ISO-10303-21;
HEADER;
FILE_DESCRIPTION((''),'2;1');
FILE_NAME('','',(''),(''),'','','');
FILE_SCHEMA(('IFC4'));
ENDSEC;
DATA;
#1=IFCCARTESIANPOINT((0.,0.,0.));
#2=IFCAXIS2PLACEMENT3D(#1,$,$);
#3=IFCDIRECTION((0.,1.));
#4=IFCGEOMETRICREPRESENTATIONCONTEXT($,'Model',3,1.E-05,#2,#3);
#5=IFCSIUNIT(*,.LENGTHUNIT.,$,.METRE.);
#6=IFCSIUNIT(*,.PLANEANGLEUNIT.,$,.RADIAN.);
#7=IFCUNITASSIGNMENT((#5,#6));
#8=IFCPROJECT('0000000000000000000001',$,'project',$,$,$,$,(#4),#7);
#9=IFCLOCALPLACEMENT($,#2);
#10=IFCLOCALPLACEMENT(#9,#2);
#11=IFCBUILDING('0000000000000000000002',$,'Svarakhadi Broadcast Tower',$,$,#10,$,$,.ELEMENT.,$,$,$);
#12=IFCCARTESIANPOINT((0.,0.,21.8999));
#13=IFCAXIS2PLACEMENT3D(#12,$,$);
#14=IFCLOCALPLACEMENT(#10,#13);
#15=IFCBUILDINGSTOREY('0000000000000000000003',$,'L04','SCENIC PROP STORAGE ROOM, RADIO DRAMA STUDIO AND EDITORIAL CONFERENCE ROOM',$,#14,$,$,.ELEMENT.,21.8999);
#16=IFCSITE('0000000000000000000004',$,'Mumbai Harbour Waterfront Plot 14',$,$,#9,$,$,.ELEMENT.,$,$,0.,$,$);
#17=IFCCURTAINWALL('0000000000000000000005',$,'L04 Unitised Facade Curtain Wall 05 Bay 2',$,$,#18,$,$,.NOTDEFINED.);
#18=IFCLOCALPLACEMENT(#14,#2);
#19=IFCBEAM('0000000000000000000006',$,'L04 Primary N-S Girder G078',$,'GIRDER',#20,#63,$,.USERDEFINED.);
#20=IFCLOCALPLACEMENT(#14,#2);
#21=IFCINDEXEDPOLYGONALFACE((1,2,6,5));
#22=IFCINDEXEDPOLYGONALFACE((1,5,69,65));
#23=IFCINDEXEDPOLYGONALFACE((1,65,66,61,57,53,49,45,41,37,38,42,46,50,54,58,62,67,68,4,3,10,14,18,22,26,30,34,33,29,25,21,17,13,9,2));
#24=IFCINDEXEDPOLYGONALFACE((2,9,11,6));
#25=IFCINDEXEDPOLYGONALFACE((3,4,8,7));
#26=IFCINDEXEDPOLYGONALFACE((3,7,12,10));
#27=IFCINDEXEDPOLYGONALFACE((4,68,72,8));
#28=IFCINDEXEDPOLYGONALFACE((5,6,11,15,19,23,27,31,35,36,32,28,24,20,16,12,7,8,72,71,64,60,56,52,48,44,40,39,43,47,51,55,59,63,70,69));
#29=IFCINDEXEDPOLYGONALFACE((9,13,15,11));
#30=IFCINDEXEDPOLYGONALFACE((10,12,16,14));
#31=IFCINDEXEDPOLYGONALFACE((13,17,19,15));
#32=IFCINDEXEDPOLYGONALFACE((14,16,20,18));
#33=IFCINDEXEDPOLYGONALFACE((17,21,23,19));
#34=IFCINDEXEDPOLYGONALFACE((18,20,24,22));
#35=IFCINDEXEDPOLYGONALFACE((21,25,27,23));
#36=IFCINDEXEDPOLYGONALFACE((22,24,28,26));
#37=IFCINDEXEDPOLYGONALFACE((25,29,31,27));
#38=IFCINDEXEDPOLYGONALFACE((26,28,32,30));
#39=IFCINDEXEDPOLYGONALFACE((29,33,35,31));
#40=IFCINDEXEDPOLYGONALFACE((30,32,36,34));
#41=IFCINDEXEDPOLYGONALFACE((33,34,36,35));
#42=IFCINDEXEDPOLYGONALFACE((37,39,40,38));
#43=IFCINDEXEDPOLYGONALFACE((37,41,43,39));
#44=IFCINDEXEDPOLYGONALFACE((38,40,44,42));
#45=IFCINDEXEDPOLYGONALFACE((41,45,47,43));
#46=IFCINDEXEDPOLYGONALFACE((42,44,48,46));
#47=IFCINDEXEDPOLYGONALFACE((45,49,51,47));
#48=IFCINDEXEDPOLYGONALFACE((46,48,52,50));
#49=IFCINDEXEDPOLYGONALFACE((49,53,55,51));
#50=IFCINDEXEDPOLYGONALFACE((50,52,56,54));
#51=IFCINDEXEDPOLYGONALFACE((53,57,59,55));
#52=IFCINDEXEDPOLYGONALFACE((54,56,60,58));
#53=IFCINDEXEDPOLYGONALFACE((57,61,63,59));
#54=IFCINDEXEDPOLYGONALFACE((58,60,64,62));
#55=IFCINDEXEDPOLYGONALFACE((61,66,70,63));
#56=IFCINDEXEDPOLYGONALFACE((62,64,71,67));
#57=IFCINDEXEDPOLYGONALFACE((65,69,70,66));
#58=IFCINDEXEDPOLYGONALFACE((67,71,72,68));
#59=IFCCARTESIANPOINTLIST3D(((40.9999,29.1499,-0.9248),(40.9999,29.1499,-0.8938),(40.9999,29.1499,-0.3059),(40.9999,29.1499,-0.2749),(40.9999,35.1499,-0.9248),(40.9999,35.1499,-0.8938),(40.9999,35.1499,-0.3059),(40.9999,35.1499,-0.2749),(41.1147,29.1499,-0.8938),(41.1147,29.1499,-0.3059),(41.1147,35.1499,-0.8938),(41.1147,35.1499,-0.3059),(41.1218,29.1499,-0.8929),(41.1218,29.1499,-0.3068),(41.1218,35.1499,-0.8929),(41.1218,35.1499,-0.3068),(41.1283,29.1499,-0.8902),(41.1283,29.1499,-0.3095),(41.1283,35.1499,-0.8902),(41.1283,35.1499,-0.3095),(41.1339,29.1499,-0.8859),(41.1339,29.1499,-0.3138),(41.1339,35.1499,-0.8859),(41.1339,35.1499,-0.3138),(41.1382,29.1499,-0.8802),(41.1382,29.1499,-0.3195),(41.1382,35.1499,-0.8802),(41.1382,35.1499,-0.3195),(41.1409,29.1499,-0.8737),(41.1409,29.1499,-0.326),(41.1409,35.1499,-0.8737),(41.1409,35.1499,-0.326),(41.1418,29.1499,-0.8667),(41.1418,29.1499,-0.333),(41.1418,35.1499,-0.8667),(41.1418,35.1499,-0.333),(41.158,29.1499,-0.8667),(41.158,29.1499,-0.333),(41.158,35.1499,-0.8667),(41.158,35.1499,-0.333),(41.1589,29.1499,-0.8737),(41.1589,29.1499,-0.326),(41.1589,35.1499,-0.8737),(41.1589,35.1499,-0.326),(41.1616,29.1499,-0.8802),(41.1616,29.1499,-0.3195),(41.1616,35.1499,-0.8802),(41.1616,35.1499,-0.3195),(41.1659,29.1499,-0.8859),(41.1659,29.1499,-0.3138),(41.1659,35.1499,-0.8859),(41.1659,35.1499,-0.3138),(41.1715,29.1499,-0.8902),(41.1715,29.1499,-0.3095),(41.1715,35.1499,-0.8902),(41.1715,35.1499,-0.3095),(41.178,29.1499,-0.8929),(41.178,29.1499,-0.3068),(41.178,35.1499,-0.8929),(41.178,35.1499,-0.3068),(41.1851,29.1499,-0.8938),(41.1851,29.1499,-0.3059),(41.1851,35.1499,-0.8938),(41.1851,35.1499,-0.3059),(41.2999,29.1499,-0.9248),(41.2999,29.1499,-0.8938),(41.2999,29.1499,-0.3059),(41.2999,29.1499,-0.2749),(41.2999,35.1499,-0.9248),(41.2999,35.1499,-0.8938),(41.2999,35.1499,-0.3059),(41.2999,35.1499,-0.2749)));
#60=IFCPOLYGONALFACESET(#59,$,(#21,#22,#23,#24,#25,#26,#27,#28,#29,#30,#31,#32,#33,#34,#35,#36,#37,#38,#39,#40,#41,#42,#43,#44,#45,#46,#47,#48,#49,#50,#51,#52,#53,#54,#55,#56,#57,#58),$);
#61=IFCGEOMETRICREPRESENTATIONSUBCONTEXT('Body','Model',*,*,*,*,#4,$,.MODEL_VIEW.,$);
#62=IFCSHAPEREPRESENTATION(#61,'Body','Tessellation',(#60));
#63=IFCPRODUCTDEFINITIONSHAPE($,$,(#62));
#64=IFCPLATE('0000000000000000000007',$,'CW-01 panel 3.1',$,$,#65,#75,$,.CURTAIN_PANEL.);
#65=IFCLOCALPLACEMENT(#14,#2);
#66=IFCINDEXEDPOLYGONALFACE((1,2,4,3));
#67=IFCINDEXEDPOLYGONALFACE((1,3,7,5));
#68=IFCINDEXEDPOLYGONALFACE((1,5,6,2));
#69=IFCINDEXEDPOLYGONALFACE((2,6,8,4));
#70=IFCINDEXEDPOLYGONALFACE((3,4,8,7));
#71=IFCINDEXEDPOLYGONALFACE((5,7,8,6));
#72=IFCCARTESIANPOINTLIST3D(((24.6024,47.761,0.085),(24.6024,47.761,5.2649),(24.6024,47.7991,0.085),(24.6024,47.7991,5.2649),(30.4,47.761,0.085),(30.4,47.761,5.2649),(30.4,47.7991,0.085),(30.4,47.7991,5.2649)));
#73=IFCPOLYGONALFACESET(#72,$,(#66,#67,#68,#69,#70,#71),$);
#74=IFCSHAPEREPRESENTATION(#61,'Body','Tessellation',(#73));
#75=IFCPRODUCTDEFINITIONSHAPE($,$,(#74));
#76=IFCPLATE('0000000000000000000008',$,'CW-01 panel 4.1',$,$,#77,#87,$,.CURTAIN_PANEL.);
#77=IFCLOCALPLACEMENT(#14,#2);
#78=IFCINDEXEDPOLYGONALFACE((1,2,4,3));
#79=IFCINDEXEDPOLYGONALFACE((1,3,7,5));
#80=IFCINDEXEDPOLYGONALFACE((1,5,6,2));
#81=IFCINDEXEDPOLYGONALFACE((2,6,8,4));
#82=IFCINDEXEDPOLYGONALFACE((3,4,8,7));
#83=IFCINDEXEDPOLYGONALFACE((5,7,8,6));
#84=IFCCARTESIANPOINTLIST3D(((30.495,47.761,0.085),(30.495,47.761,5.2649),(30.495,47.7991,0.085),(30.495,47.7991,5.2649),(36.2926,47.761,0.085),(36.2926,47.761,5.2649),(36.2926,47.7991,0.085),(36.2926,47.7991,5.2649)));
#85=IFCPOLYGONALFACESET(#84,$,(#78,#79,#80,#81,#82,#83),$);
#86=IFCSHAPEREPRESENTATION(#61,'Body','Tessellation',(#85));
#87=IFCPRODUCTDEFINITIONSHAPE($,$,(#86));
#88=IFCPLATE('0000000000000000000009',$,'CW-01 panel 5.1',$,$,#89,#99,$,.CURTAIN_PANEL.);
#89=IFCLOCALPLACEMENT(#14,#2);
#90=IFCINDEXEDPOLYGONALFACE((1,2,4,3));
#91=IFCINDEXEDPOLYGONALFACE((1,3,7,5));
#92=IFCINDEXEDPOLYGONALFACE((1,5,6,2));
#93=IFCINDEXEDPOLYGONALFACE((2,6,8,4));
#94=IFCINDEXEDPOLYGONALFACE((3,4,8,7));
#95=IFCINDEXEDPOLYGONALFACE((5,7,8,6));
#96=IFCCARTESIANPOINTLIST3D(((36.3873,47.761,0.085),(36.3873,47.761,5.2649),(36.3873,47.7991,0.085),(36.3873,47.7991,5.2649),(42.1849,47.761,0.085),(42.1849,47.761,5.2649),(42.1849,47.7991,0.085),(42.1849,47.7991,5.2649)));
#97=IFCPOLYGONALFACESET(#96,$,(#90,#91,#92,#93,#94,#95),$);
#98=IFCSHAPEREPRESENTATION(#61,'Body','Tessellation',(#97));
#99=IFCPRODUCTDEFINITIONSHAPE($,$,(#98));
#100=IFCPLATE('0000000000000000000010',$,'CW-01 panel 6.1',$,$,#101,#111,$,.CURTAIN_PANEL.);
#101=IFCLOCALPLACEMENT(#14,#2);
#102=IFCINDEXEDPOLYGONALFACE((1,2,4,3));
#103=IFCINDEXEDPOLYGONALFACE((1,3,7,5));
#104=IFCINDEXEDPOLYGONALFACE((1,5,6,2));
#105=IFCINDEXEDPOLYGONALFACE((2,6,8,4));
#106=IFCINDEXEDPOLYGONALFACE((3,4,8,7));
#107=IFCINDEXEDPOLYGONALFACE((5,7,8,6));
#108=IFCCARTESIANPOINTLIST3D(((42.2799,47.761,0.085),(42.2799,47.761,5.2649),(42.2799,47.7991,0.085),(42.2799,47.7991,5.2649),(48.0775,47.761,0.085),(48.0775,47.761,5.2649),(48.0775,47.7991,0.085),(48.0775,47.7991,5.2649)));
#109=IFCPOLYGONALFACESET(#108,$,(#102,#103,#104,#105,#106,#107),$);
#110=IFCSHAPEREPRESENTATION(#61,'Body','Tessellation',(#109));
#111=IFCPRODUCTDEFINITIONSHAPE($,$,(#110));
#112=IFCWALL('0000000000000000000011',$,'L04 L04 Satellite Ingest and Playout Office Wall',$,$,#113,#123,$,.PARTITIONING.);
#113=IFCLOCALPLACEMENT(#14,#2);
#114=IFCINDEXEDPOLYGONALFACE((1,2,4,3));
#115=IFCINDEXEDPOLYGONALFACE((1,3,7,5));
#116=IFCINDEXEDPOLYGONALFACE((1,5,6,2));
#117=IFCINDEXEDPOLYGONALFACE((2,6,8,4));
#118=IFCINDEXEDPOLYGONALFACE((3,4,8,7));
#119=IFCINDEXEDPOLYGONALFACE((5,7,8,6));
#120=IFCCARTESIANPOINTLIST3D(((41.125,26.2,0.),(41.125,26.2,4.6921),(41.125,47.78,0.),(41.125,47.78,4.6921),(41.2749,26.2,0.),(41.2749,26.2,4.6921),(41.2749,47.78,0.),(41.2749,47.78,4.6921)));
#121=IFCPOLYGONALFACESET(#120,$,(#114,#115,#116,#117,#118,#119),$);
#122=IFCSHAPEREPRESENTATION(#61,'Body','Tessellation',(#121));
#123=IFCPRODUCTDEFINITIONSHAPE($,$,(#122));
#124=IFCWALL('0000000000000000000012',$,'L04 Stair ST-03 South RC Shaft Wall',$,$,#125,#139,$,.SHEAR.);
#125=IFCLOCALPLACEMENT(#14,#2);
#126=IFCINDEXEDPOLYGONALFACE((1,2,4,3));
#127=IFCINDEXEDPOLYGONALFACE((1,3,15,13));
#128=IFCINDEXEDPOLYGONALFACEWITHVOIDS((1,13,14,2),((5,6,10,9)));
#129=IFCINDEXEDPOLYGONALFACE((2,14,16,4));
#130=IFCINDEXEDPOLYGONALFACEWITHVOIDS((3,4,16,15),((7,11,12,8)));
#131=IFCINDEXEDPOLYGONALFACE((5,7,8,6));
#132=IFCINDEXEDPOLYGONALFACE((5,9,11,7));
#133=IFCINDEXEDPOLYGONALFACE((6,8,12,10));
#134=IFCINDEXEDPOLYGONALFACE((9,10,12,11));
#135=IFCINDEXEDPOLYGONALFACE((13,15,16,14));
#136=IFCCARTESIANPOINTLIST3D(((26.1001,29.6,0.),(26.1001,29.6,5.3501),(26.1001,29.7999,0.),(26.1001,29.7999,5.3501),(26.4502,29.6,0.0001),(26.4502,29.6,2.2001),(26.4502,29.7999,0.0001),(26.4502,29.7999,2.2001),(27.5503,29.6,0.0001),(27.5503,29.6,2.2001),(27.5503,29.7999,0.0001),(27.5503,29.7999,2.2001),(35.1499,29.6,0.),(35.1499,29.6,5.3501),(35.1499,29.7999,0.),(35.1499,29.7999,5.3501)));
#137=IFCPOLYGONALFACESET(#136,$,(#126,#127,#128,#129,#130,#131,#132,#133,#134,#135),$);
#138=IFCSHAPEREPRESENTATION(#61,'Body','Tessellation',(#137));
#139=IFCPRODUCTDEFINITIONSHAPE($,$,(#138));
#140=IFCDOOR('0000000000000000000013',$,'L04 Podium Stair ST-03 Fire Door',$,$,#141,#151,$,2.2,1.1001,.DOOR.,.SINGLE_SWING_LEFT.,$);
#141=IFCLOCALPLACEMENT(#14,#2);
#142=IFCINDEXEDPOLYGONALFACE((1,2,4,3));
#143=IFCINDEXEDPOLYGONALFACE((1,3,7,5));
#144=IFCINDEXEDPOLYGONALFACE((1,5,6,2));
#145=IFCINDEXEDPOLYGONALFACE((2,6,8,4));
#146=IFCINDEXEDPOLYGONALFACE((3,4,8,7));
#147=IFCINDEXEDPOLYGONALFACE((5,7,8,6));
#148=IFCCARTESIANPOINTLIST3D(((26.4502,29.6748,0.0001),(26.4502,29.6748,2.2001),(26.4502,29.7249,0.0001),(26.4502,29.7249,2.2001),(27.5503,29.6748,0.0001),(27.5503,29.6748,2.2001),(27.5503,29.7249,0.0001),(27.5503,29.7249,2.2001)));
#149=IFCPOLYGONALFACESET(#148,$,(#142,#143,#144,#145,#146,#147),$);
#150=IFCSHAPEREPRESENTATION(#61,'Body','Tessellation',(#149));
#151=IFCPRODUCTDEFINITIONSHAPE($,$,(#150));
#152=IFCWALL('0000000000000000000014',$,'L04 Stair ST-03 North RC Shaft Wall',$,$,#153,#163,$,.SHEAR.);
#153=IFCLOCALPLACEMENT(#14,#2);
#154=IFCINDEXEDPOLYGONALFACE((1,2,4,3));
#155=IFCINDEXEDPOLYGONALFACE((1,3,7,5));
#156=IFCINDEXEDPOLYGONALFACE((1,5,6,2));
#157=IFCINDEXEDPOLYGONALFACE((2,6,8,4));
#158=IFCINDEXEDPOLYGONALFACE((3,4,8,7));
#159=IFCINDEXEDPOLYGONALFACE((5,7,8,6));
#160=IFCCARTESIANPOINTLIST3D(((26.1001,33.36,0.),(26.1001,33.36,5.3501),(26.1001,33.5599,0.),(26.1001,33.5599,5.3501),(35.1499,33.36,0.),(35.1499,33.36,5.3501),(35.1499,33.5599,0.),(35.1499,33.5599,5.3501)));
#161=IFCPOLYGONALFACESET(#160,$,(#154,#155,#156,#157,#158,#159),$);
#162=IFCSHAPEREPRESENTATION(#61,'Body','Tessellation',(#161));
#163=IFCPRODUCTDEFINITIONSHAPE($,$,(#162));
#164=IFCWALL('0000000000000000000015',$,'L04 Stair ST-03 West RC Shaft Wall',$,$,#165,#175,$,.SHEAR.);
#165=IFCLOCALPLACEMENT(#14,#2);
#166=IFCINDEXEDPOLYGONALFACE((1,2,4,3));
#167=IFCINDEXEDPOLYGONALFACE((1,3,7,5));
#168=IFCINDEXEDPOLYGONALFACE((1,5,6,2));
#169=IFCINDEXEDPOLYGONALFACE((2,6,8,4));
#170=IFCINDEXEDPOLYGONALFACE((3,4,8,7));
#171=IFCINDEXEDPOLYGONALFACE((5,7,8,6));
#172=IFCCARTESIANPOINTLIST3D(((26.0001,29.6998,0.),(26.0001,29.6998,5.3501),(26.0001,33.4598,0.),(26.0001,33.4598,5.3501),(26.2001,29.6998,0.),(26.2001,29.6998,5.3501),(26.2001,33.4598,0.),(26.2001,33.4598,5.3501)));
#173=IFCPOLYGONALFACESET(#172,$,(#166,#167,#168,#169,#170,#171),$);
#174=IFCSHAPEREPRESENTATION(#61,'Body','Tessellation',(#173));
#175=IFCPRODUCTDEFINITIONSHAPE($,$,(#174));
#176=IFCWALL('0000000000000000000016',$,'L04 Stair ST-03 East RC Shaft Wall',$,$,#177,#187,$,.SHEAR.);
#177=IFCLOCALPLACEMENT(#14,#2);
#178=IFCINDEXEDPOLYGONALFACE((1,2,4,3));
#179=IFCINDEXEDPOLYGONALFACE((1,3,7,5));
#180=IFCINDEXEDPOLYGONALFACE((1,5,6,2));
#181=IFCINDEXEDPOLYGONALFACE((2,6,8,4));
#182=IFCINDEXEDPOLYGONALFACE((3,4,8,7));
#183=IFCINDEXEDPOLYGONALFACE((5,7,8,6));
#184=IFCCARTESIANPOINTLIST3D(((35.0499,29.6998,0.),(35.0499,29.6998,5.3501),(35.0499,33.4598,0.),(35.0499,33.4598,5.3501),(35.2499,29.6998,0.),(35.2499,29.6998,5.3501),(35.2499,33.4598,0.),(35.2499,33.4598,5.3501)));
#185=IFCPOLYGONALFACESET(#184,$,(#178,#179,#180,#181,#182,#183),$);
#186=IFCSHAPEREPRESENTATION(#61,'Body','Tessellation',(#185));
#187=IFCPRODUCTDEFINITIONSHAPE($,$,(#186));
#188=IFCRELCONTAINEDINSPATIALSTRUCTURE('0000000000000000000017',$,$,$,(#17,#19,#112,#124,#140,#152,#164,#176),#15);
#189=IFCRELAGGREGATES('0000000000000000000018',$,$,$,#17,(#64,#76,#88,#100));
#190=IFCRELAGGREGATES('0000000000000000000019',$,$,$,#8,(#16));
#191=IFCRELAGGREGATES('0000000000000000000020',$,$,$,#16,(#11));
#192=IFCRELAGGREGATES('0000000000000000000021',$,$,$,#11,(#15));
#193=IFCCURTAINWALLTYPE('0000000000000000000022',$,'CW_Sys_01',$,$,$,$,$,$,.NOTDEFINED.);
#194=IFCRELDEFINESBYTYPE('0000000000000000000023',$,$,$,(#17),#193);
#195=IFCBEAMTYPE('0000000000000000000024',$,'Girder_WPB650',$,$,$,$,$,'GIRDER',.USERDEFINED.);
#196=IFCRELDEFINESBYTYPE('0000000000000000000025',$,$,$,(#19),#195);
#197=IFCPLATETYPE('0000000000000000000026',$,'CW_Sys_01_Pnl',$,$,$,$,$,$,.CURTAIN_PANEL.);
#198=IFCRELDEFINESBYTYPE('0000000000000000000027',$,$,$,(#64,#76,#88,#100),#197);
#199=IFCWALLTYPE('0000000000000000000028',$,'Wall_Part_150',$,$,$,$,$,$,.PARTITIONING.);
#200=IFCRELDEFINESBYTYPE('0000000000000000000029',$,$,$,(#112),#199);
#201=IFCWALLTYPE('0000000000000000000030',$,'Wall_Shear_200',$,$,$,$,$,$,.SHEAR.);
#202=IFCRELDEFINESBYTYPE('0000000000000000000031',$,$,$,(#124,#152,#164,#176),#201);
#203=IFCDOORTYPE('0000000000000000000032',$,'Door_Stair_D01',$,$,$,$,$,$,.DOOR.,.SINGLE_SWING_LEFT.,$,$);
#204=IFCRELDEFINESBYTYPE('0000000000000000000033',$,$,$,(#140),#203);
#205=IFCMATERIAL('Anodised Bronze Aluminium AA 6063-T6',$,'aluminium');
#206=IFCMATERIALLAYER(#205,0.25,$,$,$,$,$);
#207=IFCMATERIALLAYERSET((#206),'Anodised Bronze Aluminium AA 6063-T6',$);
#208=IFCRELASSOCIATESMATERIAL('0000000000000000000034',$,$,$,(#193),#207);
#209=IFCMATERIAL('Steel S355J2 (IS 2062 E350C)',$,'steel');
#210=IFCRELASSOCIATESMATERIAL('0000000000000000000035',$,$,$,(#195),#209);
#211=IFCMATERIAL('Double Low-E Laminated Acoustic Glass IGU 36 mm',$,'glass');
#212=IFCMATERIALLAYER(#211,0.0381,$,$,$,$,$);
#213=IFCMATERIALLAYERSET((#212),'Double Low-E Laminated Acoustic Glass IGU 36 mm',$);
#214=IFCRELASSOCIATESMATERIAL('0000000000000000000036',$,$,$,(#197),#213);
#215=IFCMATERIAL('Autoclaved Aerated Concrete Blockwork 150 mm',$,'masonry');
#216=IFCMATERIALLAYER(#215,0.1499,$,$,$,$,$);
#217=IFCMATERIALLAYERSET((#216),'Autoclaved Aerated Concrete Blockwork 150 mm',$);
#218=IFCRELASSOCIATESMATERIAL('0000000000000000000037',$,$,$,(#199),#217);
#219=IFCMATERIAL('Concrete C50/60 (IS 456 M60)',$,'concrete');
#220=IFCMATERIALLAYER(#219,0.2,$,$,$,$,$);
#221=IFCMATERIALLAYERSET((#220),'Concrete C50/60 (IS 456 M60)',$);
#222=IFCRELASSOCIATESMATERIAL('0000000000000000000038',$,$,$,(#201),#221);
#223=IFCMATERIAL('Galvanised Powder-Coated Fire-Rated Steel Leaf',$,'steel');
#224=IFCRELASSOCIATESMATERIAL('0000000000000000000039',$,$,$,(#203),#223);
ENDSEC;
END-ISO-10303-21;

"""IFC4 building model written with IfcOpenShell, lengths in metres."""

from ifc_helpers import new_model, si_unit, direction, frame, frame_2d, origin, origin_2d, place, context, subcontext, project, spatial, rectangle, i_section, extrude, material, layer, layer_set, material_profile, profile_set, type_object, element, fill, aggregate, save


model = new_model("IFC4")

# Units and contexts
model_context = context("Model", 3, precision=1e-05, world=origin(), true_north=direction((0.0, 1.0)))
body_context = subcontext(model_context, "Body", "Model", "MODEL_VIEW")
ifc_project = project(units=[si_unit("LENGTHUNIT", "METRE"), si_unit("PLANEANGLEUNIT", "RADIAN")], contexts=[model_context])

# Site, building, storey
site_placement = place(None, origin())
site = spatial("IfcSite", under=ifc_project, at=site_placement, Name="Mumbai Harbour Waterfront Plot 14", CompositionType="ELEMENT", RefElevation=0.0)
building_placement = place(site_placement, origin())
building = spatial("IfcBuilding", under=site, at=building_placement, Name="Svarakhadi Broadcast Tower", CompositionType="ELEMENT")
storey_placement = place(building_placement, frame((0.0, 0.0, 21.8999)))
storey = spatial("IfcBuildingStorey", under=building, at=storey_placement, Name="L04", Description="SCENIC PROP STORAGE ROOM, RADIO DRAMA STUDIO AND EDITORIAL CONFERENCE ROOM", CompositionType="ELEMENT", Elevation=21.8999)

# Shared definitions
ifc_material_1 = material(Name="Steel S355J2 (IS 2062 E350C)", Category="steel")

# Curtain wall
ifc_material_2 = material(Name="Anodised Bronze Aluminium AA 6063-T6", Category="aluminium")
ifc_layer_1 = layer(ifc_material_2, 0.25)
ifc_layer_set_1 = layer_set([ifc_layer_1], Name="Anodised Bronze Aluminium AA 6063-T6")
curtain_wall_type = type_object("IfcCurtainWallType", Name="CW_Sys_01", PredefinedType="NOTDEFINED", material=ifc_layer_set_1)
curtain_wall_placement = place(storey_placement, origin())
curtain_wall = element("IfcCurtainWall", 1, at=curtain_wall_placement, inside=storey, type_object=curtain_wall_type, Name="L04 Unitised Facade Curtain Wall 05 Bay 2", PredefinedType="NOTDEFINED")

# Beam
ifc_material_3 = material(Name="Concrete C50/60 (IS 456 M60)", Category="concrete")
ifc_material_profile_1 = material_profile(ifc_material_1, i_section(OverallWidth=0.3, OverallDepth=0.6499, WebThickness=0.0161, FlangeThickness=0.031, FilletRadius=0.0271, at=origin_2d()), Name="WPB 650x300x225")
ifc_profile_set_1 = profile_set([ifc_material_profile_1], Name="Steel S355J2 (IS 2062 E350C)")
beam_type_1 = type_object("IfcBeamType", Name="Girder_WPB650", ElementType="GIRDER", PredefinedType="USERDEFINED", material=ifc_profile_set_1)
for number, where, z_axis, x_axis, name in (
    (2, (41.1499, 29.1499, -0.5999), (0.0, 1.0, 0.0), (-1.0, 0.0, 0.0), "L04 Primary N-S Girder G078"),
):
    element("IfcBeam", number, at=place(storey_placement, frame(where, z_axis=z_axis, x_axis=x_axis)), inside=storey, type_object=beam_type_1, Name=name, ObjectType="GIRDER", PredefinedType="USERDEFINED", context=body_context, shape_type="SweptSolid", body=[
        extrude(i_section(OverallWidth=0.3, OverallDepth=0.6499, WebThickness=0.0161, FlangeThickness=0.031, FilletRadius=0.0271, at=origin_2d()), origin(), (0.0, 0.0, 1.0), 6.0),
    ])

# Plates
ifc_material_4 = material(Name="Double Low-E Laminated Acoustic Glass IGU 36 mm", Category="glass")
ifc_layer_2 = layer(ifc_material_4, 0.0381)
ifc_layer_set_2 = layer_set([ifc_layer_2], Name="Double Low-E Laminated Acoustic Glass IGU 36 mm")
plate_type = type_object("IfcPlateType", Name="CW_Sys_01_Pnl", PredefinedType="CURTAIN_PANEL", material=ifc_layer_set_2)
plate_1_placement = place(storey_placement, frame((27.5012, 47.78, 0.085), z_axis=(0.0, 0.0, 1.0), x_axis=(1.0, 0.0, 0.0)))
plate_1 = element("IfcPlate", 3, at=plate_1_placement, type_object=plate_type, Name="CW-01 panel 3.1", PredefinedType="CURTAIN_PANEL", context=body_context, shape_type="SweptSolid", body=[
    extrude(rectangle(XDim=5.7976, YDim=0.0381, at=origin_2d()), origin(), (0.0, 0.0, 1.0), 5.1799),
])
plate_2_placement = place(storey_placement, frame((33.3938, 47.78, 0.085), z_axis=(0.0, 0.0, 1.0), x_axis=(1.0, 0.0, 0.0)))
plate_2 = element("IfcPlate", 4, at=plate_2_placement, type_object=plate_type, Name="CW-01 panel 4.1", PredefinedType="CURTAIN_PANEL", context=body_context, shape_type="SweptSolid", body=[
    extrude(rectangle(XDim=5.7976, YDim=0.0381, at=origin_2d()), origin(), (0.0, 0.0, 1.0), 5.1799),
])
plate_3_placement = place(storey_placement, frame((39.2861, 47.78, 0.085), z_axis=(0.0, 0.0, 1.0), x_axis=(1.0, 0.0, 0.0)))
plate_3 = element("IfcPlate", 5, at=plate_3_placement, type_object=plate_type, Name="CW-01 panel 5.1", PredefinedType="CURTAIN_PANEL", context=body_context, shape_type="SweptSolid", body=[
    extrude(rectangle(XDim=5.7976, YDim=0.0381, at=origin_2d()), origin(), (0.0, 0.0, 1.0), 5.1799),
])
plate_4_placement = place(storey_placement, frame((45.1787, 47.78, 0.085), z_axis=(0.0, 0.0, 1.0), x_axis=(1.0, 0.0, 0.0)))
plate_4 = element("IfcPlate", 6, at=plate_4_placement, type_object=plate_type, Name="CW-01 panel 6.1", PredefinedType="CURTAIN_PANEL", context=body_context, shape_type="SweptSolid", body=[
    extrude(rectangle(XDim=5.7976, YDim=0.0381, at=origin_2d()), origin(), (0.0, 0.0, 1.0), 5.1799),
])
aggregate(curtain_wall, [plate_1, plate_2, plate_3, plate_4])

# Wall
ifc_material_5 = material(Name="Autoclaved Aerated Concrete Blockwork 150 mm", Category="masonry")
ifc_layer_3 = layer(ifc_material_5, 0.1499)
ifc_layer_set_3 = layer_set([ifc_layer_3], Name="Autoclaved Aerated Concrete Blockwork 150 mm")
wall_type_1 = type_object("IfcWallType", Name="Wall_Part_150", PredefinedType="PARTITIONING", material=ifc_layer_set_3)
wall_1_placement = place(storey_placement, frame((41.2, 26.2, 0.0), z_axis=(0.0, 0.0, 1.0), x_axis=(0.0, 1.0, 0.0)))
element("IfcWall", 7, at=wall_1_placement, inside=storey, type_object=wall_type_1, Name="L04 L04 Satellite Ingest and Playout Office Wall", PredefinedType="PARTITIONING", context=body_context, shape_type="SweptSolid", body=[
    extrude(rectangle(XDim=21.5801, YDim=0.1499, at=frame_2d((10.79, 0.0))), origin(), (0.0, 0.0, 1.0), 4.6921),
])

# Wall, opening, door
ifc_layer_4 = layer(ifc_material_3, 0.2)
ifc_layer_set_4 = layer_set([ifc_layer_4], Name="Concrete C50/60 (IS 456 M60)")
wall_type_2 = type_object("IfcWallType", Name="Wall_Shear_200", PredefinedType="SHEAR", material=ifc_layer_set_4)
wall_2_placement = place(storey_placement, frame((26.1001, 29.7, 0.0), z_axis=(0.0, 0.0, 1.0), x_axis=(1.0, 0.0, 0.0)))
wall_2 = element("IfcWall", 8, at=wall_2_placement, inside=storey, type_object=wall_type_2, Name="L04 Stair ST-03 South RC Shaft Wall", PredefinedType="SHEAR", context=body_context, shape_type="SweptSolid", body=[
    extrude(rectangle(XDim=9.0498, YDim=0.2, at=frame_2d((4.5249, 0.0))), origin(), (0.0, 0.0, 1.0), 5.3501),
])
opening_placement = place(wall_2_placement, frame((0.3501, 0.0, 0.0)))
opening = element("IfcOpeningElement", 9, at=opening_placement, cuts=wall_2, PredefinedType="OPENING", context=body_context, shape_type="SweptSolid", body=[
    extrude(rectangle(XDim=1.1001, YDim=2.2, at=frame_2d((0.55, 1.1001))), frame((0.0, 0.1099, 0.0), z_axis=(0.0, -1.0, 0.0), x_axis=(1.0, 0.0, 0.0)), (0.0, 0.0, 1.0), 0.22),
])
ifc_material_6 = material(Name="Galvanised Powder-Coated Fire-Rated Steel Leaf", Category="steel")
door_type = type_object("IfcDoorType", Name="Door_Stair_D01", OperationType="SINGLE_SWING_LEFT", PredefinedType="DOOR", material=ifc_material_6)
door_placement = place(opening_placement, origin())
door = element("IfcDoor", 10, at=door_placement, inside=storey, type_object=door_type, Name="L04 Podium Stair ST-03 Fire Door", OperationType="SINGLE_SWING_LEFT", OverallHeight=2.2, OverallWidth=1.1001, PredefinedType="DOOR", context=body_context, shape_type="SweptSolid", body=[
    extrude(rectangle(XDim=1.1001, YDim=2.2, at=frame_2d((0.55, 1.1001))), frame((0.0, 0.0249, 0.0), z_axis=(0.0, -1.0, 0.0), x_axis=(1.0, 0.0, 0.0)), (0.0, 0.0, 1.0), 0.05),
])
fill(opening, door)

# Walls
wall_3_placement = place(storey_placement, frame((26.1001, 33.46, 0.0), z_axis=(0.0, 0.0, 1.0), x_axis=(1.0, 0.0, 0.0)))
element("IfcWall", 11, at=wall_3_placement, inside=storey, type_object=wall_type_2, Name="L04 Stair ST-03 North RC Shaft Wall", PredefinedType="SHEAR", context=body_context, shape_type="SweptSolid", body=[
    extrude(rectangle(XDim=9.0498, YDim=0.2, at=frame_2d((4.5249, 0.0))), origin(), (0.0, 0.0, 1.0), 5.3501),
])
for number, where, z_axis, x_axis, name in (
    (12, (26.1001, 29.7, 0.0), (0.0, 0.0, 1.0), (0.0, 1.0, 0.0), "L04 Stair ST-03 West RC Shaft Wall"),
    (13, (35.1499, 29.7, 0.0), (0.0, 0.0, 1.0), (0.0, 1.0, 0.0), "L04 Stair ST-03 East RC Shaft Wall"),
):
    element("IfcWall", number, at=place(storey_placement, frame(where, z_axis=z_axis, x_axis=x_axis)), inside=storey, type_object=wall_type_2, Name=name, PredefinedType="SHEAR", context=body_context, shape_type="SweptSolid", body=[
        extrude(rectangle(XDim=3.76, YDim=0.2, at=frame_2d((1.8799, 0.0))), origin(), (0.0, 0.0, 1.0), 5.3501),
    ])

save(model, "model.ifc")
